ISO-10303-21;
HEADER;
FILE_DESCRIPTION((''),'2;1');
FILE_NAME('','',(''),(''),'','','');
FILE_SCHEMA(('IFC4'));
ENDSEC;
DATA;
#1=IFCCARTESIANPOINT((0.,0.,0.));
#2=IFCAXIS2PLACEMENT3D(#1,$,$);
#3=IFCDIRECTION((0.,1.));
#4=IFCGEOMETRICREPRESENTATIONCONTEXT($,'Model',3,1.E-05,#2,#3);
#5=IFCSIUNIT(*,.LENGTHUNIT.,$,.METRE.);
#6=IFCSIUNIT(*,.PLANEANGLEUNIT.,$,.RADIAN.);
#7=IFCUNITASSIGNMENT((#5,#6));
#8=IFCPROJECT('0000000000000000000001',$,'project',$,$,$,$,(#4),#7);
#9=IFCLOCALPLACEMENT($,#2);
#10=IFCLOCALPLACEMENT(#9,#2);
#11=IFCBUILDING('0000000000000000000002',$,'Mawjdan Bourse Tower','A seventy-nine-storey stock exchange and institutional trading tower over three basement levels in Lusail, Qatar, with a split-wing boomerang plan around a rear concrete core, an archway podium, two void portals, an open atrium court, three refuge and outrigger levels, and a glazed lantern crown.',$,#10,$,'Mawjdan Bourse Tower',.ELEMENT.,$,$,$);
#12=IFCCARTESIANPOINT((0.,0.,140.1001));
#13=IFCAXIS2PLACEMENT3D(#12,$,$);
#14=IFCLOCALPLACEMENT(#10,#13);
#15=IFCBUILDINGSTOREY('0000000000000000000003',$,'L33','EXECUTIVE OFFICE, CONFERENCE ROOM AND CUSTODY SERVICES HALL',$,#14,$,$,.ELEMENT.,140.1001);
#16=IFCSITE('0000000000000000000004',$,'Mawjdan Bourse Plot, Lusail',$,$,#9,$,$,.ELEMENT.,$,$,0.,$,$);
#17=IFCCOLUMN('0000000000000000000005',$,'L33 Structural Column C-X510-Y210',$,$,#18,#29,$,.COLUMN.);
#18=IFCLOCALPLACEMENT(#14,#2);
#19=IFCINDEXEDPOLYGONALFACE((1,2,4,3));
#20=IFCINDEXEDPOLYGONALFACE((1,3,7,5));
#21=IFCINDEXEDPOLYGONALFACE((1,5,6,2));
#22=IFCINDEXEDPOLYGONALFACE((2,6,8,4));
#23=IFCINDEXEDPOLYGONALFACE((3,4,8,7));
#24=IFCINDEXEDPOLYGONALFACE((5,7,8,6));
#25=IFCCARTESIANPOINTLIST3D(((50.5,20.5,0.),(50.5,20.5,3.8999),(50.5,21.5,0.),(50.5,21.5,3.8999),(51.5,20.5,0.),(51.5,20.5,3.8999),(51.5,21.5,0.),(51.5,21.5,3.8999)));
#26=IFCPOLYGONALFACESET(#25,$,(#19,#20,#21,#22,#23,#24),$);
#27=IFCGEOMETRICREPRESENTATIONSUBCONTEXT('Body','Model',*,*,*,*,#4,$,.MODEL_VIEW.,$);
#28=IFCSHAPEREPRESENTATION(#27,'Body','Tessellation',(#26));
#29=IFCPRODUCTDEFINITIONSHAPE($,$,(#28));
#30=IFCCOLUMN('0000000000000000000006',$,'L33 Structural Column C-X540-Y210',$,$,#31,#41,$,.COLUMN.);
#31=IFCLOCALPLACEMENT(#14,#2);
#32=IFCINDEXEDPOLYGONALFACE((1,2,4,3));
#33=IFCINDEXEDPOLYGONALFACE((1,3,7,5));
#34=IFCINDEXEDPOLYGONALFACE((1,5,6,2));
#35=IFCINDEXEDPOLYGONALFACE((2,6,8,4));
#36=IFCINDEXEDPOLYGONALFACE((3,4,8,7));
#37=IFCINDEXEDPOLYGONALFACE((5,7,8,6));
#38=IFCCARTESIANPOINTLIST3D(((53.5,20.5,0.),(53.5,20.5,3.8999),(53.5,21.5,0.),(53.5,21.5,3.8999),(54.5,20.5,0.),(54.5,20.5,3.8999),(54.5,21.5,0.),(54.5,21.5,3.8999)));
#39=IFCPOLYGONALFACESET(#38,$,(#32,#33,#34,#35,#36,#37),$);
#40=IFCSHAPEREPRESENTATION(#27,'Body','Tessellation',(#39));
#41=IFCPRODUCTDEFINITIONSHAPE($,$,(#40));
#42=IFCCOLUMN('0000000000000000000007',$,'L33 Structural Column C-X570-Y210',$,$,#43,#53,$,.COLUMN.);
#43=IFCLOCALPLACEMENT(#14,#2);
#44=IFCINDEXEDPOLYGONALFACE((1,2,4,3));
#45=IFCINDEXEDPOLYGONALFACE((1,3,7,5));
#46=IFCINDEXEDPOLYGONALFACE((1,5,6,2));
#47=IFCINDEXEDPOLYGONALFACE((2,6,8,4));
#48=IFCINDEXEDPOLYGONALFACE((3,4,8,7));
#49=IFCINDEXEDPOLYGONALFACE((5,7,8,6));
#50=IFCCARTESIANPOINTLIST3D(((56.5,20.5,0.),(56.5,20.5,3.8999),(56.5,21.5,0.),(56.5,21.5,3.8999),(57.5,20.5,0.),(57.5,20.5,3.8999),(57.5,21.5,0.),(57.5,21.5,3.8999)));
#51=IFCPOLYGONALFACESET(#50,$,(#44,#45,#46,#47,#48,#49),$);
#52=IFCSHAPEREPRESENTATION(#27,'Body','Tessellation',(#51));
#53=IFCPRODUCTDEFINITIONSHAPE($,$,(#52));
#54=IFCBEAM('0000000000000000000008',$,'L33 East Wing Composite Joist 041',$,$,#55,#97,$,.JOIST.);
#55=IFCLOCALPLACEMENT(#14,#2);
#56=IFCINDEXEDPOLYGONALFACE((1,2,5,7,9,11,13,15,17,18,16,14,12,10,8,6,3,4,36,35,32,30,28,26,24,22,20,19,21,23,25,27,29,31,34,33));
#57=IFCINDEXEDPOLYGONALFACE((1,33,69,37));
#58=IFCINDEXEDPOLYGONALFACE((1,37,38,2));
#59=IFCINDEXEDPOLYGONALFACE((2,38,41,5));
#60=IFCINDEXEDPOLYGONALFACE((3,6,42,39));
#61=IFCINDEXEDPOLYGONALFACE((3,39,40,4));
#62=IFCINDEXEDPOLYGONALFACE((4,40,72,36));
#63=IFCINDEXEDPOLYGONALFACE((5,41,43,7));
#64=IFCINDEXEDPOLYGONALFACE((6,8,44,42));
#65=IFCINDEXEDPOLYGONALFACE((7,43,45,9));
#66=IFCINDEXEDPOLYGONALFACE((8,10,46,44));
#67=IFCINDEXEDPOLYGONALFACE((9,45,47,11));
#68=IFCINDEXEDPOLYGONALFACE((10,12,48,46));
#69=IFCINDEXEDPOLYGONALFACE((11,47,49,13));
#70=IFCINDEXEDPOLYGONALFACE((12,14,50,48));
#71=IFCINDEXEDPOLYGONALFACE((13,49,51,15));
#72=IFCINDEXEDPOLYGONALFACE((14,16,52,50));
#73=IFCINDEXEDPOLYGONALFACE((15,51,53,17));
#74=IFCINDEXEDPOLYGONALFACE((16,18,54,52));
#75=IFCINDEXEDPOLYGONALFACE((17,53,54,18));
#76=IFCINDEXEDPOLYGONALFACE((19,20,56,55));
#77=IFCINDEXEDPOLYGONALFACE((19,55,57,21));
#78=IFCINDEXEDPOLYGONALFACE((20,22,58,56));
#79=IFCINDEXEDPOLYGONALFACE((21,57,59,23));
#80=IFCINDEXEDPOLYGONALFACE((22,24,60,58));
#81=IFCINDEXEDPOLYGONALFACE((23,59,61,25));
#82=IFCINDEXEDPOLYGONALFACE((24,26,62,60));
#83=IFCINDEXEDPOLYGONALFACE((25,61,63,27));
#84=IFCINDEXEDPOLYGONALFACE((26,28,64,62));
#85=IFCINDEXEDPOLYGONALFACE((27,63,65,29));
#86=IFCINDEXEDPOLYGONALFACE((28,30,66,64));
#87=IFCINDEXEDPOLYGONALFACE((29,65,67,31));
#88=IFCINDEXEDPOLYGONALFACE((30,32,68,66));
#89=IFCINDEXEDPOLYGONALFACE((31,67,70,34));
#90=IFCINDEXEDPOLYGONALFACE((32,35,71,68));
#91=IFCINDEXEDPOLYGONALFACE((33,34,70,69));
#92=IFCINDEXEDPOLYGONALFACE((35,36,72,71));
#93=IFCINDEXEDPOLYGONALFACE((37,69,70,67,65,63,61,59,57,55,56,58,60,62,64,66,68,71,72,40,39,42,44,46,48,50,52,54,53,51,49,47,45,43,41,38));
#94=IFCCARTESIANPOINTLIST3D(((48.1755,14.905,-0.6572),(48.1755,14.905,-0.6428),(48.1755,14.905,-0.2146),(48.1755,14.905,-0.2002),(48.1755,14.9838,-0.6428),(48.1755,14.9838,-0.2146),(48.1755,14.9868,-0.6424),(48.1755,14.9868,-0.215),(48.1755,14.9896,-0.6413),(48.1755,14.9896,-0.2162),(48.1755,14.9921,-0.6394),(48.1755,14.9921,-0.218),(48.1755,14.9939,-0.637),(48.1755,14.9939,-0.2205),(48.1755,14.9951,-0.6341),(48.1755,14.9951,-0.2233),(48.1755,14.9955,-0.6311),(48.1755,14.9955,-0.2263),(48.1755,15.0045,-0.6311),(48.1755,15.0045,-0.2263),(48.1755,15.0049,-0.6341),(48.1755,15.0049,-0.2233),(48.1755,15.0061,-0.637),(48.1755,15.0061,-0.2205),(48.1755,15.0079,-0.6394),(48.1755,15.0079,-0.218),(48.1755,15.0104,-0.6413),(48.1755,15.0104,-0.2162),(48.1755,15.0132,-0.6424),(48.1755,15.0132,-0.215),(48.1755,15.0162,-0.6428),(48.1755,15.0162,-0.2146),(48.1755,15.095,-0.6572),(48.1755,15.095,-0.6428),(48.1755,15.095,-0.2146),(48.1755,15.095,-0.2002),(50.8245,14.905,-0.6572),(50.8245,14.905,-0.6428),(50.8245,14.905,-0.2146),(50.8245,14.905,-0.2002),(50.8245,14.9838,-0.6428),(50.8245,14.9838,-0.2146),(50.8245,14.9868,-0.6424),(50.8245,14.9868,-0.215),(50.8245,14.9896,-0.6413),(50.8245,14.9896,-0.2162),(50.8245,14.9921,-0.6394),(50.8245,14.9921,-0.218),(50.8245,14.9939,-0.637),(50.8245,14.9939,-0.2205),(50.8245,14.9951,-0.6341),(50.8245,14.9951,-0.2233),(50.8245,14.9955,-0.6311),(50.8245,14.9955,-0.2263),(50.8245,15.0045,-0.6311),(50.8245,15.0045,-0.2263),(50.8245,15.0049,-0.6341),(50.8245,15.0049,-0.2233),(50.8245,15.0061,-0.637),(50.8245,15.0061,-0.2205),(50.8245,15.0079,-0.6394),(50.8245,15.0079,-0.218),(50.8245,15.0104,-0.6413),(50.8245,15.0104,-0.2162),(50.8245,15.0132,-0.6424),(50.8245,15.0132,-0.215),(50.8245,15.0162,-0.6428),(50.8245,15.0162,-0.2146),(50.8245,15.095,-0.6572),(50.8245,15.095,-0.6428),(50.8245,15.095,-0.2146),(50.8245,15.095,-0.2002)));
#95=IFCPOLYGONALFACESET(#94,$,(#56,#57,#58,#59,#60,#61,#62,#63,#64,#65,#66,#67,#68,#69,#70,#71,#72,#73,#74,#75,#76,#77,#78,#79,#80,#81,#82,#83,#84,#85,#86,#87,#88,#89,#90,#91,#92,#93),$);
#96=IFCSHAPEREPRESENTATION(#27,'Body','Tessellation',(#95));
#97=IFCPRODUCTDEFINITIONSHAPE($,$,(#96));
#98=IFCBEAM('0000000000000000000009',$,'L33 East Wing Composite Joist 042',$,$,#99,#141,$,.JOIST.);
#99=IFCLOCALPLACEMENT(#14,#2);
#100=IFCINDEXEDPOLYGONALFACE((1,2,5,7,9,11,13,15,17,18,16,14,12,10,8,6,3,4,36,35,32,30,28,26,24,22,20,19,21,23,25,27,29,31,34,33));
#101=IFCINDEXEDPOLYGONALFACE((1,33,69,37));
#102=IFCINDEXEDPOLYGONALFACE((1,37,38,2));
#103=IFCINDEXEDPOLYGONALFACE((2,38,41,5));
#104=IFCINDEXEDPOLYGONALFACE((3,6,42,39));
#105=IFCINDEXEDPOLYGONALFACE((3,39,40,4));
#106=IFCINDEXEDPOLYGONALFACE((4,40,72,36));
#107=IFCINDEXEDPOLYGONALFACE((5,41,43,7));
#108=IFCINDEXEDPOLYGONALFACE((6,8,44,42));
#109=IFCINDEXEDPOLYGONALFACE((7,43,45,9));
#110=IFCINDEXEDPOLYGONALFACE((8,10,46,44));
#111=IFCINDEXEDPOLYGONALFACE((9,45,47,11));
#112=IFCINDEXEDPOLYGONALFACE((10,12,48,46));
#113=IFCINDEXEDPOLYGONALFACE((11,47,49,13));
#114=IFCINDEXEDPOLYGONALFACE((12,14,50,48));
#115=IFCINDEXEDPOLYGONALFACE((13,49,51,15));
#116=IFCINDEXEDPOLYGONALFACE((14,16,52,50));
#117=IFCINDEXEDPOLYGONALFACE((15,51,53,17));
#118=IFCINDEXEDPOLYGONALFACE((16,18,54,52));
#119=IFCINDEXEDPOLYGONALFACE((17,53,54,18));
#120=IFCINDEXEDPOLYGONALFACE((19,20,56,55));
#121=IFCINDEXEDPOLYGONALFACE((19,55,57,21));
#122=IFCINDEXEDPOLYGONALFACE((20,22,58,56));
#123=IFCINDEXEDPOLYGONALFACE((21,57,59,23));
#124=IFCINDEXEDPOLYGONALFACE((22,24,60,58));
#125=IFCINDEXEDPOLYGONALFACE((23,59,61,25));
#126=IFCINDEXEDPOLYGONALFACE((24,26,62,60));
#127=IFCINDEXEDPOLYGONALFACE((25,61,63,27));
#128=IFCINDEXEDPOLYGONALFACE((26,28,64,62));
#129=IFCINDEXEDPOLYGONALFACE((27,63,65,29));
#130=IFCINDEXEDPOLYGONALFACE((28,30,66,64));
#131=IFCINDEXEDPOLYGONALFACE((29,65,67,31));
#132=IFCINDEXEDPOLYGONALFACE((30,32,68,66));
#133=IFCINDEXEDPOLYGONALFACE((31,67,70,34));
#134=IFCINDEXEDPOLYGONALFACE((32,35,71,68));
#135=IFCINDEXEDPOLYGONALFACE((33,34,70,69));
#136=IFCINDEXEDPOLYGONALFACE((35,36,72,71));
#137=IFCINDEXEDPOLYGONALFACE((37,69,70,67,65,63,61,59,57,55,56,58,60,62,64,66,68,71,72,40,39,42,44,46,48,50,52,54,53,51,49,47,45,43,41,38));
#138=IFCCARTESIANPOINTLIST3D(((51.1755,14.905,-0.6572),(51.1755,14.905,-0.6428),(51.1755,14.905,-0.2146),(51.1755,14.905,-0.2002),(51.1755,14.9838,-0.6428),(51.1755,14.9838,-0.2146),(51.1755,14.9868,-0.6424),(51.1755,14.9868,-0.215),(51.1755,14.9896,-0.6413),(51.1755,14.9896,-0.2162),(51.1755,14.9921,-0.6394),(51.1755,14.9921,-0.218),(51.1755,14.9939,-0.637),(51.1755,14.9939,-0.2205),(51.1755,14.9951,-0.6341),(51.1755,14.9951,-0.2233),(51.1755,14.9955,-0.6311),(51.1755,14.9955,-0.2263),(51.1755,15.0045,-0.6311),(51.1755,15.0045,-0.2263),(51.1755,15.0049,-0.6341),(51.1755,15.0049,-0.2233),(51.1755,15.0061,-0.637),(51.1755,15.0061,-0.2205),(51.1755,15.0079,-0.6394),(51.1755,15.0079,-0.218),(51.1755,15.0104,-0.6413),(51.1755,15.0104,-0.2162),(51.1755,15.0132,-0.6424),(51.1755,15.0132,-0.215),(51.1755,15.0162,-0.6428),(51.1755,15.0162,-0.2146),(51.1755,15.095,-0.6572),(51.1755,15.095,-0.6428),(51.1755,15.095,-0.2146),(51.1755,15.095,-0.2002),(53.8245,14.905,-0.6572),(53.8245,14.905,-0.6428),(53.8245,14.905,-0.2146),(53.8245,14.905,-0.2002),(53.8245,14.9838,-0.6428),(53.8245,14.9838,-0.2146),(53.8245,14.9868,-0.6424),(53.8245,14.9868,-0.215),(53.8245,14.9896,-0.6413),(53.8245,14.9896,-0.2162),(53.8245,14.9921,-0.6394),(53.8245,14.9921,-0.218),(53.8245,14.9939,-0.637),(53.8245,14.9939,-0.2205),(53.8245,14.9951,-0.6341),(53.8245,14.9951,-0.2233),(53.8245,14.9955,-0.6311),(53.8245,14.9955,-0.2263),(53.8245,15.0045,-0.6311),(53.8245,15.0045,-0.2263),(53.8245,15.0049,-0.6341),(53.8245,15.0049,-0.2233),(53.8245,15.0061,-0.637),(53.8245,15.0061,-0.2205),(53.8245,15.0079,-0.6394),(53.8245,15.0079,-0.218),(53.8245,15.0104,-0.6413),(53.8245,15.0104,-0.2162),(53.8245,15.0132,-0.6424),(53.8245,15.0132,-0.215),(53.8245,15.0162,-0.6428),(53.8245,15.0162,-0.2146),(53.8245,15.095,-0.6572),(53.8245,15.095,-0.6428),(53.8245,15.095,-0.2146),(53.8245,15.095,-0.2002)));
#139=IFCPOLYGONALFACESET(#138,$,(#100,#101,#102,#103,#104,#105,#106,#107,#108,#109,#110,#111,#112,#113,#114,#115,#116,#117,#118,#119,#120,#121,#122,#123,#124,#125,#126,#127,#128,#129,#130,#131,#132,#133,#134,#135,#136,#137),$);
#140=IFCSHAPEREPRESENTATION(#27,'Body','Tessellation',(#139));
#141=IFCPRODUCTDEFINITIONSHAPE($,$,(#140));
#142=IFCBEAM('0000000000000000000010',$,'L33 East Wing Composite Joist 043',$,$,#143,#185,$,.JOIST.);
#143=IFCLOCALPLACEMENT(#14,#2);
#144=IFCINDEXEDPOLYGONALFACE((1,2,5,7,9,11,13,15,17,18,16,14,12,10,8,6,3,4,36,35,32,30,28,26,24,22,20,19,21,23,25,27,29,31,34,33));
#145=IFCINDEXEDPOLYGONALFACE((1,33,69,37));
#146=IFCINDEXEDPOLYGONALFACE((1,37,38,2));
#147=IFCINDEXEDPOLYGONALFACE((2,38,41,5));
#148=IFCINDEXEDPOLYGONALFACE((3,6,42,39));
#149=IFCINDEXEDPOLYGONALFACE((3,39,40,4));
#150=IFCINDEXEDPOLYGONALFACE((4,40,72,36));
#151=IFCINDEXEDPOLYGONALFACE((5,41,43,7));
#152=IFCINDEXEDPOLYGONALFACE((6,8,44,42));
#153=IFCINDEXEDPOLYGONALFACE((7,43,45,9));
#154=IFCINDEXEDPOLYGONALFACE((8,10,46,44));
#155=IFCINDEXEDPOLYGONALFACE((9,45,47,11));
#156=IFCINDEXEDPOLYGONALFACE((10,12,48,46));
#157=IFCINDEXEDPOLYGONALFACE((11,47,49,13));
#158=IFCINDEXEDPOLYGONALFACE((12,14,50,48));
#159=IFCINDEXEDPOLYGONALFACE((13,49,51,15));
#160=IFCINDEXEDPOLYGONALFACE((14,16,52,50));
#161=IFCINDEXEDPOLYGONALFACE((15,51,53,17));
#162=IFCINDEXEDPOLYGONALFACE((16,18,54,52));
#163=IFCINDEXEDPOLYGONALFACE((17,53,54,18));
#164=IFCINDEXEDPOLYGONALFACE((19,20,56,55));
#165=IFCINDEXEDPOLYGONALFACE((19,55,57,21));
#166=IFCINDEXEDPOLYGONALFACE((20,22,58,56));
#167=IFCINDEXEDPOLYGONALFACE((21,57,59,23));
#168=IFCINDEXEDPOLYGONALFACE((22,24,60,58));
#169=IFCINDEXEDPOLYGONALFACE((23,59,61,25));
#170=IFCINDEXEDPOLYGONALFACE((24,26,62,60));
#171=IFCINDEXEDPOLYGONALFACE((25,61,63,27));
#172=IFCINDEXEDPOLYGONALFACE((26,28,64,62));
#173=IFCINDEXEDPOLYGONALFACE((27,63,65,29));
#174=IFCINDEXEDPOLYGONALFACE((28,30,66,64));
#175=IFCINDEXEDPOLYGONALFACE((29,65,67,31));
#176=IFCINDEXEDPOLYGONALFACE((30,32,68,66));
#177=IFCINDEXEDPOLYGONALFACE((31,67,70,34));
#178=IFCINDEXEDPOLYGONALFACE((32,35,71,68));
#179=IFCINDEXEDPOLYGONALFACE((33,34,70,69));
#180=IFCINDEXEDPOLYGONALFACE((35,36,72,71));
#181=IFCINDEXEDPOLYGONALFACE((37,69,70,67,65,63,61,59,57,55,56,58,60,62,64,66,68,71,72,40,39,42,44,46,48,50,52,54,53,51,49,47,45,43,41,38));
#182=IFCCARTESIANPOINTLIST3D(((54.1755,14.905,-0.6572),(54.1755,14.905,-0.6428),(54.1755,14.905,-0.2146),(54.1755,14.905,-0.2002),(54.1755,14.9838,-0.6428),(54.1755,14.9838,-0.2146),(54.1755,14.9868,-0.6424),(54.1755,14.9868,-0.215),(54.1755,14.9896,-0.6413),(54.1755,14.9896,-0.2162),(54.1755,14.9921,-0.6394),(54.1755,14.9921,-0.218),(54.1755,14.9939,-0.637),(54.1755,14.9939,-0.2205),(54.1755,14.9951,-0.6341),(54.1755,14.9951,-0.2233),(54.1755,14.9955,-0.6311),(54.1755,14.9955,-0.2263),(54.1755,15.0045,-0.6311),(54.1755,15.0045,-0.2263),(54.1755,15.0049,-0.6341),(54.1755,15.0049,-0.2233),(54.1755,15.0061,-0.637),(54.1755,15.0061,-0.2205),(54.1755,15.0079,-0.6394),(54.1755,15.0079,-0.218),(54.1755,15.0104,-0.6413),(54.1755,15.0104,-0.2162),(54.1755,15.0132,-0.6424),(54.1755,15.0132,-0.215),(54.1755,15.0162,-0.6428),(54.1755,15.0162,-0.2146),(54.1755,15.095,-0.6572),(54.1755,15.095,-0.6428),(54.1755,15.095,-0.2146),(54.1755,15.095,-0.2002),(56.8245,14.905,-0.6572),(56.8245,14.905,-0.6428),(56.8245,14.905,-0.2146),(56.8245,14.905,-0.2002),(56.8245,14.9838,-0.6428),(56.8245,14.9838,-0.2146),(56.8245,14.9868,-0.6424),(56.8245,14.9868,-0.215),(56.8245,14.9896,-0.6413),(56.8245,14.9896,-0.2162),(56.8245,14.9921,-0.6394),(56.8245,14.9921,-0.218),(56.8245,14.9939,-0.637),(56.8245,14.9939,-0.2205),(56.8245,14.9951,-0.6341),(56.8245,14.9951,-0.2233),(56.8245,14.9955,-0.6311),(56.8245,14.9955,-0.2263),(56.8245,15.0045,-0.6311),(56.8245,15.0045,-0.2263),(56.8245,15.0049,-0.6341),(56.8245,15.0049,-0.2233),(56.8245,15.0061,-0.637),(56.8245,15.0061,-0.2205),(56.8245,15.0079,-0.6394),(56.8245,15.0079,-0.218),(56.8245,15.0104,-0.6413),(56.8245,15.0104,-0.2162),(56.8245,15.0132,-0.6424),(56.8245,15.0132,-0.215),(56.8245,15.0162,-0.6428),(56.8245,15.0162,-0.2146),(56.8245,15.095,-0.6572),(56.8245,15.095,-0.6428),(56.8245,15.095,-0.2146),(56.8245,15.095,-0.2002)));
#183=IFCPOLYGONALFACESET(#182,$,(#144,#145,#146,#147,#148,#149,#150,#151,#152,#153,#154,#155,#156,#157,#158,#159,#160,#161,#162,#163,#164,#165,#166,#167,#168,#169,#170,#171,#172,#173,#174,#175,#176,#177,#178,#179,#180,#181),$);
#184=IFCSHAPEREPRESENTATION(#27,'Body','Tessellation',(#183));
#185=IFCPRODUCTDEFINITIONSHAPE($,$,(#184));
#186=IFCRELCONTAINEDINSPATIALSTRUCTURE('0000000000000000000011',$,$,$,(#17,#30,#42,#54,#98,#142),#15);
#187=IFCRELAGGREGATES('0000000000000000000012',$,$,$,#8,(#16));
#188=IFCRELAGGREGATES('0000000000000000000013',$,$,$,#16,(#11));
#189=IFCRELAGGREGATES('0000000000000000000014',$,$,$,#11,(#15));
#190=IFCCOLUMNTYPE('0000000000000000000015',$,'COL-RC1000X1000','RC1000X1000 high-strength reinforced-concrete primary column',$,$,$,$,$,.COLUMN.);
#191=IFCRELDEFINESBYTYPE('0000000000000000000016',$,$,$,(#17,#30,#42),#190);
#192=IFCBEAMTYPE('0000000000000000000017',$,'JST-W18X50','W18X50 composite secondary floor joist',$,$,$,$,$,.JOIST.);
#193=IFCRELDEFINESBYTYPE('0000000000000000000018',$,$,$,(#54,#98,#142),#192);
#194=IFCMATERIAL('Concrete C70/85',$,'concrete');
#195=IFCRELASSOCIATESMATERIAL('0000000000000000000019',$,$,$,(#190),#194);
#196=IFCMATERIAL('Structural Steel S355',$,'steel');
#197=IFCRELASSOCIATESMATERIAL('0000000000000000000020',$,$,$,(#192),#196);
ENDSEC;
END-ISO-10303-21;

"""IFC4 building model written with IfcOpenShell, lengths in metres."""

from ifc_helpers import new_model, si_unit, direction, frame, origin, origin_2d, place, context, subcontext, project, spatial, rectangle, i_section, extrude, material, material_profile, profile_set, type_object, element, save


model = new_model("IFC4")

# Units and contexts
model_context = context("Model", 3, precision=1e-05, world=origin(), true_north=direction((0.0, 1.0)))
body_context = subcontext(model_context, "Body", "Model", "MODEL_VIEW")
ifc_project = project(units=[si_unit("LENGTHUNIT", "METRE"), si_unit("PLANEANGLEUNIT", "RADIAN")], contexts=[model_context])

# Site, building, storey
site_placement = place(None, origin())
site = spatial("IfcSite", under=ifc_project, at=site_placement, Name="Mawjdan Bourse Plot, Lusail", CompositionType="ELEMENT", RefElevation=0.0)
building_placement = place(site_placement, origin())
building = spatial("IfcBuilding", under=site, at=building_placement, Name="Mawjdan Bourse Tower", Description="A seventy-nine-storey stock exchange and institutional trading tower over three basement levels in Lusail, Qatar, with a split-wing boomerang plan around a rear concrete core, an archway podium, two void portals, an open atrium court, three refuge and outrigger levels, and a glazed lantern crown.", LongName="Mawjdan Bourse Tower", CompositionType="ELEMENT")
storey_placement = place(building_placement, frame((0.0, 0.0, 140.1001)))
storey = spatial("IfcBuildingStorey", under=building, at=storey_placement, Name="L33", Description="EXECUTIVE OFFICE, CONFERENCE ROOM AND CUSTODY SERVICES HALL", CompositionType="ELEMENT", Elevation=140.1001)

# Columns
ifc_material_1 = material(Name="Concrete C70/85", Category="concrete")
ifc_material_profile_1 = material_profile(ifc_material_1, rectangle(XDim=1.0, YDim=1.0, at=origin_2d()), Name="RC1000X1000")
ifc_profile_set_1 = profile_set([ifc_material_profile_1], Name="Concrete C70/85")
column_type = type_object("IfcColumnType", Name="COL-RC1000X1000", Description="RC1000X1000 high-strength reinforced-concrete primary column", PredefinedType="COLUMN", material=ifc_profile_set_1)
for number, where, z_axis, x_axis, name in (
    (1, (51.0, 21.0, 0.0), (0.0, 0.0, 1.0), (1.0, 0.0, 0.0), "L33 Structural Column C-X510-Y210"),
    (2, (54.0, 21.0, 0.0), (0.0, 0.0, 1.0), (1.0, 0.0, 0.0), "L33 Structural Column C-X540-Y210"),
    (3, (57.0, 21.0, 0.0), (0.0, 0.0, 1.0), (1.0, 0.0, 0.0), "L33 Structural Column C-X570-Y210"),
):
    element("IfcColumn", number, at=place(storey_placement, frame(where, z_axis=z_axis, x_axis=x_axis)), inside=storey, type_object=column_type, Name=name, PredefinedType="COLUMN", context=body_context, shape_type="SweptSolid", body=[
        extrude(rectangle(XDim=1.0, YDim=1.0, at=origin_2d()), origin(), (0.0, 0.0, 1.0), 3.8999),
    ])

# Beams
ifc_material_2 = material(Name="Structural Steel S355", Category="steel")
ifc_material_profile_2 = material_profile(ifc_material_2, i_section(OverallWidth=0.1899, OverallDepth=0.457, WebThickness=0.009, FlangeThickness=0.0144, FilletRadius=0.0117, at=origin_2d()), Name="W18X50")
ifc_profile_set_2 = profile_set([ifc_material_profile_2], Name="Structural Steel S355")
beam_type_1 = type_object("IfcBeamType", Name="JST-W18X50", Description="W18X50 composite secondary floor joist", PredefinedType="JOIST", material=ifc_profile_set_2)
for number, where, z_axis, x_axis, name in (
    (4, (48.1755, 15.0, -0.4287), (1.0, 0.0, 0.0), (0.0, 1.0, 0.0), "L33 East Wing Composite Joist 041"),
    (5, (51.1755, 15.0, -0.4287), (1.0, 0.0, 0.0), (0.0, 1.0, 0.0), "L33 East Wing Composite Joist 042"),
    (6, (54.1755, 15.0, -0.4287), (1.0, 0.0, 0.0), (0.0, 1.0, 0.0), "L33 East Wing Composite Joist 043"),
):
    element("IfcBeam", number, at=place(storey_placement, frame(where, z_axis=z_axis, x_axis=x_axis)), inside=storey, type_object=beam_type_1, Name=name, PredefinedType="JOIST", context=body_context, shape_type="SweptSolid", body=[
        extrude(i_section(OverallWidth=0.1899, OverallDepth=0.457, WebThickness=0.009, FlangeThickness=0.0144, FilletRadius=0.0117, at=origin_2d()), origin(), (0.0, 0.0, 1.0), 2.6489),
    ])

save(model, "model.ifc")
